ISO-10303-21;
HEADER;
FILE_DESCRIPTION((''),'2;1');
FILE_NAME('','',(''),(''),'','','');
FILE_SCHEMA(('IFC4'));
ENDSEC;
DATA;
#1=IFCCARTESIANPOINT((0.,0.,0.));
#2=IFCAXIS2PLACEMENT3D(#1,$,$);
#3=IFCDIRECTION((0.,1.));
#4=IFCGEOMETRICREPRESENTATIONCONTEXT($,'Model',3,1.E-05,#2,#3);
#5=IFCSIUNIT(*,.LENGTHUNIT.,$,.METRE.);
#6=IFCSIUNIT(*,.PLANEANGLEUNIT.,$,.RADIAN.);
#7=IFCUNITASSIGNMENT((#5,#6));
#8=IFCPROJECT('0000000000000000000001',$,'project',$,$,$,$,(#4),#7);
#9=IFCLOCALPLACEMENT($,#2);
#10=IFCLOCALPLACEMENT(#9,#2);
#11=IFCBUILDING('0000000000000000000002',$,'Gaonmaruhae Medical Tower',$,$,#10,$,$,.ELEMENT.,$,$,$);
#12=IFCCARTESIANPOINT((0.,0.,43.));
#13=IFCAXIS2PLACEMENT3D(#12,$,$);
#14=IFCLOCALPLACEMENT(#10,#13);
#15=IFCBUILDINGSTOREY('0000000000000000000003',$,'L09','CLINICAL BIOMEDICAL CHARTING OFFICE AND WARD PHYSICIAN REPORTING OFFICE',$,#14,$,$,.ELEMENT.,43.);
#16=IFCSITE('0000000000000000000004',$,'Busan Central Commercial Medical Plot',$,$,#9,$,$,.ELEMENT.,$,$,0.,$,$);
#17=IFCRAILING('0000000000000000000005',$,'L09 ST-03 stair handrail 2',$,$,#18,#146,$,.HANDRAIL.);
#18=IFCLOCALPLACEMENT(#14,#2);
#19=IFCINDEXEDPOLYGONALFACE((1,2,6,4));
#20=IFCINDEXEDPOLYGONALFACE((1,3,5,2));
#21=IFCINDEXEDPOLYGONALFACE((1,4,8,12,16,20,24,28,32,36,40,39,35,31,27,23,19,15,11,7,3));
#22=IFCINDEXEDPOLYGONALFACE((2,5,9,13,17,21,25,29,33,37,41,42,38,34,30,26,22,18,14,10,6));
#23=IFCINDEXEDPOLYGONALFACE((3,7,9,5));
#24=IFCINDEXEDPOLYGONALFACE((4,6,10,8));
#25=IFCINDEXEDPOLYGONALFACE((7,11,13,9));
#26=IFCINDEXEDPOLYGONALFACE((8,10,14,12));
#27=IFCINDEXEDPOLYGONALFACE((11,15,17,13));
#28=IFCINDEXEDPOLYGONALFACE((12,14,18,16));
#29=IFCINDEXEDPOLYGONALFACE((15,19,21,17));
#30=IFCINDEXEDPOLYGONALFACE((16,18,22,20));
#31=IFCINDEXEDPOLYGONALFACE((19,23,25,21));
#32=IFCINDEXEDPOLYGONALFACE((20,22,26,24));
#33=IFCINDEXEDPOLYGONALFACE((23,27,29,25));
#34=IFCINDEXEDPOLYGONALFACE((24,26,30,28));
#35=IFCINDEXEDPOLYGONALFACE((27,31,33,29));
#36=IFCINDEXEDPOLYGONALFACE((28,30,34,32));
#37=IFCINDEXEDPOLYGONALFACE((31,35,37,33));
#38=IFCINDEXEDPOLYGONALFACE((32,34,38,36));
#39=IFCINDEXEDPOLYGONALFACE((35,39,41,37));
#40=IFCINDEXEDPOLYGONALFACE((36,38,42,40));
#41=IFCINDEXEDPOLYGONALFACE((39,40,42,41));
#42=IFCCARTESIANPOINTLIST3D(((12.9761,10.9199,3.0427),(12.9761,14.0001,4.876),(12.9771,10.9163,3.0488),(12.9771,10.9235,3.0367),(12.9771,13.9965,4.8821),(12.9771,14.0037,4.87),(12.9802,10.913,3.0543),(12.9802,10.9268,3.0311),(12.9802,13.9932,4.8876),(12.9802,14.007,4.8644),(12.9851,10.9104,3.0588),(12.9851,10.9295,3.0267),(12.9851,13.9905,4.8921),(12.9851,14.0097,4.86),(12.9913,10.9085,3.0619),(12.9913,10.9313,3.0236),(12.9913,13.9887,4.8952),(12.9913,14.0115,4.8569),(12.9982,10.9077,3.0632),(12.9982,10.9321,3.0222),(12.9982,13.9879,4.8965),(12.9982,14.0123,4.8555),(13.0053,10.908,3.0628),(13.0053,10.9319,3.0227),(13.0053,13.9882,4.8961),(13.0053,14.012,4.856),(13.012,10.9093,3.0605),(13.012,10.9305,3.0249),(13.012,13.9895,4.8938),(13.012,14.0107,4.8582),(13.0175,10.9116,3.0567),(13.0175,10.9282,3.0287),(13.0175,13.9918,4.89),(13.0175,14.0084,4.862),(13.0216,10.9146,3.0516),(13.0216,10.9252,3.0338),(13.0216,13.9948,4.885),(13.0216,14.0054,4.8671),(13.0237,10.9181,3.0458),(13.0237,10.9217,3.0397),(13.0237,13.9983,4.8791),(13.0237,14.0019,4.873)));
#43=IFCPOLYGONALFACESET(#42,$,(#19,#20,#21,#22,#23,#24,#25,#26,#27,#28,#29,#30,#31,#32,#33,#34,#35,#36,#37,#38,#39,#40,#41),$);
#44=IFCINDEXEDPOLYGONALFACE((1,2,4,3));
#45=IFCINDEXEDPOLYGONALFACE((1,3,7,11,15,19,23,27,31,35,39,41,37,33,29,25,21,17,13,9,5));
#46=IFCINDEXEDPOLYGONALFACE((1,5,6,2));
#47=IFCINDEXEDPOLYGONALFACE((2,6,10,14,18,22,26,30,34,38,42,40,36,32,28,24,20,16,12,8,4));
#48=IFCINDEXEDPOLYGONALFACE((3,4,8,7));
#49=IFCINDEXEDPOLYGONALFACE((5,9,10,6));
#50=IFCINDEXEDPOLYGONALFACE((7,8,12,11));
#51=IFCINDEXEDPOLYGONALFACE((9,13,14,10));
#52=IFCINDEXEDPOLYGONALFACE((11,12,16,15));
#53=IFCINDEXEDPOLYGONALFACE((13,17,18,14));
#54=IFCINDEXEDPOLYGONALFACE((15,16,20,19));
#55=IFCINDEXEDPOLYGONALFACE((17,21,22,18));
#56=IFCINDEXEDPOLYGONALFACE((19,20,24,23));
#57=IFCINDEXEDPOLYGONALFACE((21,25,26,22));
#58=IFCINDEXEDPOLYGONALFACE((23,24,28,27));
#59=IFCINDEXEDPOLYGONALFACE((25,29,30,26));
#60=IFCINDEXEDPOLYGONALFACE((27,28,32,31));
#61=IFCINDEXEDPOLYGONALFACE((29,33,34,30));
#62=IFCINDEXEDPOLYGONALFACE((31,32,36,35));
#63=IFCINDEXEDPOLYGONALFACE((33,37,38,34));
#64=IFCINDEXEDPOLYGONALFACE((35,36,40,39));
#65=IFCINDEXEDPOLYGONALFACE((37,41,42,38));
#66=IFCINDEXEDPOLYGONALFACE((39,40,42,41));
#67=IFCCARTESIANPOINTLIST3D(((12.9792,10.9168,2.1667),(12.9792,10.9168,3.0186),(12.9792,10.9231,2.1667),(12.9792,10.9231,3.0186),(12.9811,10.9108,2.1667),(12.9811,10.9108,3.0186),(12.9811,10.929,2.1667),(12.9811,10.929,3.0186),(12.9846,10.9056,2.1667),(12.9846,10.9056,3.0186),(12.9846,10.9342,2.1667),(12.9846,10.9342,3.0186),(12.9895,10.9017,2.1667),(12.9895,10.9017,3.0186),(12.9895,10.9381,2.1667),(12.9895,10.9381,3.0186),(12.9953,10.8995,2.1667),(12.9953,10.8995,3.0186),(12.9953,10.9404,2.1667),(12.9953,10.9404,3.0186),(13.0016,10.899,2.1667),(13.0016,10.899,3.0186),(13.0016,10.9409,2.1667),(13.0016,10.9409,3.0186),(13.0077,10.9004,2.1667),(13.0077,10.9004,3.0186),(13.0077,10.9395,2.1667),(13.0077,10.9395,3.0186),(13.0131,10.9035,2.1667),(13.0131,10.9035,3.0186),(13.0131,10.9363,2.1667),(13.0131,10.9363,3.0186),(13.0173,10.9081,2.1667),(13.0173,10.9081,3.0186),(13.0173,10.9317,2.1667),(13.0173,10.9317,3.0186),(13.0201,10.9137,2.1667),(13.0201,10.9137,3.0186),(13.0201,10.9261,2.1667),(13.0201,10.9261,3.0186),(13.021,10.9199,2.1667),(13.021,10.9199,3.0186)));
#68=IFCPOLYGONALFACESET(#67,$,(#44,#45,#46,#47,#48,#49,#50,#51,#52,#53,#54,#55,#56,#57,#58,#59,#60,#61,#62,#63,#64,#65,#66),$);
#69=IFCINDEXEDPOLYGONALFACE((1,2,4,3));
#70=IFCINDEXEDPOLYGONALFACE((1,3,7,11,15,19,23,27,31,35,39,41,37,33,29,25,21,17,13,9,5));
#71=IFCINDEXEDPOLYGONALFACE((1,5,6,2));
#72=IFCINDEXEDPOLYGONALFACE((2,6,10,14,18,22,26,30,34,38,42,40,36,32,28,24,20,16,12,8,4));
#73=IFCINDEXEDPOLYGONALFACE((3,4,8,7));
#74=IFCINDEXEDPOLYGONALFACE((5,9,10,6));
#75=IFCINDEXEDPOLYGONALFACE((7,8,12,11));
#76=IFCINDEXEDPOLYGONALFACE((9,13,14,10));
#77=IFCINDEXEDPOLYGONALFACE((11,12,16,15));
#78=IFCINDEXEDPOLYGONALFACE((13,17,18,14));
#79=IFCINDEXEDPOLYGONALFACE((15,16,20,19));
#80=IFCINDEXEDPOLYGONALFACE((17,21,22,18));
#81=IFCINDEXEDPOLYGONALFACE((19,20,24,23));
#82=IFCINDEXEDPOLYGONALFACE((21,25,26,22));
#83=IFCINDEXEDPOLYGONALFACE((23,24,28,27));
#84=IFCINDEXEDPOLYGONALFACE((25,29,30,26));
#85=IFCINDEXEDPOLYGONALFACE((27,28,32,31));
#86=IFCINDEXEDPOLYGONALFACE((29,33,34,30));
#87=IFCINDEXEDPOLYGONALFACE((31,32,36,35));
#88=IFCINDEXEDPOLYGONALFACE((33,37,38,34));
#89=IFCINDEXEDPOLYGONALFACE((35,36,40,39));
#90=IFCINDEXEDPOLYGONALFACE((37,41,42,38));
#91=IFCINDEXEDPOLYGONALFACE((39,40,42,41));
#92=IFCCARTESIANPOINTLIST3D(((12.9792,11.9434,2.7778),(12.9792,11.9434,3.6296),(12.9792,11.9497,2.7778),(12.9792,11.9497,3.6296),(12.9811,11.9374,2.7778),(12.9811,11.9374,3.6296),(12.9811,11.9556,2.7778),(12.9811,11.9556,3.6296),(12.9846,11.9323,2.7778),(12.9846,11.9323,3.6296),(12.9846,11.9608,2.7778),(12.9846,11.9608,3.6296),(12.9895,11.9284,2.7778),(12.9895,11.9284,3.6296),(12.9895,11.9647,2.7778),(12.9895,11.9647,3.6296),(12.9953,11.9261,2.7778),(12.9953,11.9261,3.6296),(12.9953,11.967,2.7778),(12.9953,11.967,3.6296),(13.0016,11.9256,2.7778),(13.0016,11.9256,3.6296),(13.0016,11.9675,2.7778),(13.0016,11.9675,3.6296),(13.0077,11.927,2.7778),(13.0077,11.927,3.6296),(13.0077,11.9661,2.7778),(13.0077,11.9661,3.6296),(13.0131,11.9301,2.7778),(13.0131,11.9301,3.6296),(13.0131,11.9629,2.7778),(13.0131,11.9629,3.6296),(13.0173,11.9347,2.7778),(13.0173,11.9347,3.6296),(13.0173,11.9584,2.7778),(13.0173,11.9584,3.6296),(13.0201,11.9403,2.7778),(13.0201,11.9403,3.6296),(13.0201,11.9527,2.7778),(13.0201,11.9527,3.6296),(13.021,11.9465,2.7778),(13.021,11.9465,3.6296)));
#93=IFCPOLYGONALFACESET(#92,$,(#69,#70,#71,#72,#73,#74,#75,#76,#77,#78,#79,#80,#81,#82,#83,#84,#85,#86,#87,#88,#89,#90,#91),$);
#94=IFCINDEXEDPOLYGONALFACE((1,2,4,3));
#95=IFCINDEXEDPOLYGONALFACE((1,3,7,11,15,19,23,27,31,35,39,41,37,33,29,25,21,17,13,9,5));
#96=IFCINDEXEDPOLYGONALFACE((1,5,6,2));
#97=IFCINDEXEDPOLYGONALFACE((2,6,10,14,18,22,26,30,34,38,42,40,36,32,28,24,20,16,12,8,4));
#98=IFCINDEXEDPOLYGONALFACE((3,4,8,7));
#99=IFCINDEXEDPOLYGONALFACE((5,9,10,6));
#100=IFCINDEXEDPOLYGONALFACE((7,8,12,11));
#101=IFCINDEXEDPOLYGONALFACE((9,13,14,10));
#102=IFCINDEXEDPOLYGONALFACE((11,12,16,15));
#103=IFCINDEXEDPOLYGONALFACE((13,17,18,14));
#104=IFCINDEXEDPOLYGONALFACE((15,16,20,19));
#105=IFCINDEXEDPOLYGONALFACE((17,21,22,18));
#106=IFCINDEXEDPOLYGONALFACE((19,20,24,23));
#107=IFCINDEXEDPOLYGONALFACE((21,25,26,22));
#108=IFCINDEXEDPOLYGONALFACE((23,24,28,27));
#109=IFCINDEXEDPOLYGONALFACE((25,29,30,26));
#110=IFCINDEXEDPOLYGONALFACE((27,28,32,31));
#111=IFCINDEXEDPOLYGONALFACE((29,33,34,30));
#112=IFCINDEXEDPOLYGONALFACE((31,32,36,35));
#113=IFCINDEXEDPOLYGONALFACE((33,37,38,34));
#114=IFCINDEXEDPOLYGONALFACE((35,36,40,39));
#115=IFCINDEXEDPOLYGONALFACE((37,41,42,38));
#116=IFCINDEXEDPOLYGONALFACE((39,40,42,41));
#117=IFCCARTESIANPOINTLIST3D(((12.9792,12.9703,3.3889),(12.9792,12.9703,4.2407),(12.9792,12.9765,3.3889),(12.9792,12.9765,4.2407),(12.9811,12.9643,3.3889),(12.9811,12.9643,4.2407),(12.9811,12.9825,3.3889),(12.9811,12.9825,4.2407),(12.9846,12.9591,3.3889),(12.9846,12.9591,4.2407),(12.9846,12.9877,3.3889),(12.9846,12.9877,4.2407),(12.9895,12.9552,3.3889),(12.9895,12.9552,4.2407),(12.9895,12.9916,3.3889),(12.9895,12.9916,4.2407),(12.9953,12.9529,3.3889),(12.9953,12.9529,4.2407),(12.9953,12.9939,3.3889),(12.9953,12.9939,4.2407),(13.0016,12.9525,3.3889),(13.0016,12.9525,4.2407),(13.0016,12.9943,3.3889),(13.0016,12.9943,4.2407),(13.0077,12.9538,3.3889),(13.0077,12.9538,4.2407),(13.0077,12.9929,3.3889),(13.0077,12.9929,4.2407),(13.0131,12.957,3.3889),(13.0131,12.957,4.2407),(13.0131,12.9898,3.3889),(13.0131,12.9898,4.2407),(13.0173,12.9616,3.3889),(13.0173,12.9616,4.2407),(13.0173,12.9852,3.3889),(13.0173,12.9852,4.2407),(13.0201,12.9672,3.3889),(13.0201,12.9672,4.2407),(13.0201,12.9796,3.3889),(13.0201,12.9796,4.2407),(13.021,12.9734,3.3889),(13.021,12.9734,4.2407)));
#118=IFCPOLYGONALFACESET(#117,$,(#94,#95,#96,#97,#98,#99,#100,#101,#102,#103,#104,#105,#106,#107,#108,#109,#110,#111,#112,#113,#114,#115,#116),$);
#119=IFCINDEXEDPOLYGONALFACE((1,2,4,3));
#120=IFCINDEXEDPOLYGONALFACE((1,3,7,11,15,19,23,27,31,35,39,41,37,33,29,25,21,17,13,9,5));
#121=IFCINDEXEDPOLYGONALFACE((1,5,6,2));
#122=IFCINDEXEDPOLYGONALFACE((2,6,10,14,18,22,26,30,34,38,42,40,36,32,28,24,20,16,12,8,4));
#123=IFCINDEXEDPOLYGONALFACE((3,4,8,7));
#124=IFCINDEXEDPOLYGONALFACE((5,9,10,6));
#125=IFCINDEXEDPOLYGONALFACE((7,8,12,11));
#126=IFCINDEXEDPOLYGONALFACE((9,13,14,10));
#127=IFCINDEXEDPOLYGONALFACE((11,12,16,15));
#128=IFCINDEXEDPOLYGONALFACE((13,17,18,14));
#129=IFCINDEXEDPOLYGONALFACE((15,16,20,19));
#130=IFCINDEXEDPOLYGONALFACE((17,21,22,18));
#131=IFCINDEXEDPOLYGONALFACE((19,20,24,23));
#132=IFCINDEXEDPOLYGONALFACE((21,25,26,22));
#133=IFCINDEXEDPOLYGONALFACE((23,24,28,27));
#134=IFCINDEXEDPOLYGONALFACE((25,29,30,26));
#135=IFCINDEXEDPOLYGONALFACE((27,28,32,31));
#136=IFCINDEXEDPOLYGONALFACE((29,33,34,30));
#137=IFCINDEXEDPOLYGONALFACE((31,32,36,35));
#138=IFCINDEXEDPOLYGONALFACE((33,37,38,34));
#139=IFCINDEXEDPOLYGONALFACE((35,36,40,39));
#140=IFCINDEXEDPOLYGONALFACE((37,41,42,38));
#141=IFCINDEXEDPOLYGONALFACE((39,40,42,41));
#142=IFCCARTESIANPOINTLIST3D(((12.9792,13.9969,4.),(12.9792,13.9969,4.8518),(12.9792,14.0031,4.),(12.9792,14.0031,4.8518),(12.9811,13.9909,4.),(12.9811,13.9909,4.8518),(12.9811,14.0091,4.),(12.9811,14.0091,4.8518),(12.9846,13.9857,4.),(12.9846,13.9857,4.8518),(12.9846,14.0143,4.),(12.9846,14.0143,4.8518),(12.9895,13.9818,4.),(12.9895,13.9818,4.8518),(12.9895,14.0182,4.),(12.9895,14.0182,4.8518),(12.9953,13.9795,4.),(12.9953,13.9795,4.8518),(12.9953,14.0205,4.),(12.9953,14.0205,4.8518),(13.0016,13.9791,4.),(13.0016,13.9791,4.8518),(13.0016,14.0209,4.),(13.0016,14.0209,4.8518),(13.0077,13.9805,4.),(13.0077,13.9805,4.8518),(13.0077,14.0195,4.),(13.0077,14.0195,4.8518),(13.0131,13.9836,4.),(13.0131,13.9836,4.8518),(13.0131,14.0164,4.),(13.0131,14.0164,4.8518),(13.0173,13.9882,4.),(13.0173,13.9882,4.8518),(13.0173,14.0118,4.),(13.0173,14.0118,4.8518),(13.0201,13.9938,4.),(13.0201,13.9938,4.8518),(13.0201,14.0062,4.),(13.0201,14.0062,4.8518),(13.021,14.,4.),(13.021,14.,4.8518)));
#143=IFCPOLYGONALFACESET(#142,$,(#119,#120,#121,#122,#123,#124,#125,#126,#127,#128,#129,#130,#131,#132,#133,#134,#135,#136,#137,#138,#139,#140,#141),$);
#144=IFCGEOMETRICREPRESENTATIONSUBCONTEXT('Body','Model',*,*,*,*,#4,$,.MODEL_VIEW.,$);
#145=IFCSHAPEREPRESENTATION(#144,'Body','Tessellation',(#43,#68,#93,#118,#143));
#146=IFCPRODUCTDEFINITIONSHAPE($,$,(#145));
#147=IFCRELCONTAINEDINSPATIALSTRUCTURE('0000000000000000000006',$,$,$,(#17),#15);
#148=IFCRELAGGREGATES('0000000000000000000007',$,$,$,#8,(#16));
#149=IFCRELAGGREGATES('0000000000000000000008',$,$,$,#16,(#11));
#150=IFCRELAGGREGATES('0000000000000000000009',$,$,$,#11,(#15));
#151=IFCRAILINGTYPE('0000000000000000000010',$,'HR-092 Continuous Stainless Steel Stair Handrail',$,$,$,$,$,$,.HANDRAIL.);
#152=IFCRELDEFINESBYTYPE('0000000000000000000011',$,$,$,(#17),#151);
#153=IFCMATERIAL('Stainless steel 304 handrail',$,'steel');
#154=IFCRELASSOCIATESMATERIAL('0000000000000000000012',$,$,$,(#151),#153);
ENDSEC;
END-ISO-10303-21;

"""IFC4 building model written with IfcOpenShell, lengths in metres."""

from ifc_helpers import new_model, si_unit, direction, frame, origin, origin_2d, place, context, subcontext, project, spatial, circle, extrude, material, type_object, element, save


model = new_model("IFC4")

# Units and contexts
model_context = context("Model", 3, precision=1e-05, world=origin(), true_north=direction((0.0, 1.0)))
body_context = subcontext(model_context, "Body", "Model", "MODEL_VIEW")
ifc_project = project(units=[si_unit("LENGTHUNIT", "METRE"), si_unit("PLANEANGLEUNIT", "RADIAN")], contexts=[model_context])

# Site, building, storey
site_placement = place(None, origin())
site = spatial("IfcSite", under=ifc_project, at=site_placement, Name="Busan Central Commercial Medical Plot", CompositionType="ELEMENT", RefElevation=0.0)
building_placement = place(site_placement, origin())
building = spatial("IfcBuilding", under=site, at=building_placement, Name="Gaonmaruhae Medical Tower", CompositionType="ELEMENT")
storey_placement = place(building_placement, frame((0.0, 0.0, 43.0)))
storey = spatial("IfcBuildingStorey", under=building, at=storey_placement, Name="L09", Description="CLINICAL BIOMEDICAL CHARTING OFFICE AND WARD PHYSICIAN REPORTING OFFICE", CompositionType="ELEMENT", Elevation=43.0)

# Railing
ifc_material_1 = material(Name="Stainless steel 304 handrail", Category="steel")
railing_type_1 = type_object("IfcRailingType", Name="HR-092 Continuous Stainless Steel Stair Handrail", PredefinedType="HANDRAIL", material=ifc_material_1)
railing_1_placement = place(storey_placement, frame((13.0, 10.9199, 2.1667)))
element("IfcRailing", 1, at=railing_1_placement, inside=storey, type_object=railing_type_1, Name="L09 ST-03 stair handrail 2", PredefinedType="HANDRAIL", context=body_context, shape_type="SweptSolid", body=[
    extrude(circle(Radius=0.0239, at=origin_2d()), frame((0.0, 0.0, 0.876), z_axis=(0.0, 0.859309, 0.511458), x_axis=(-1.0, 0.0, 0.0)), (0.0, 0.0, 1.0), 3.5845),
    extrude(circle(Radius=0.021, at=origin_2d()), origin(), (0.0, 0.0, 1.0), 0.8518),
    extrude(circle(Radius=0.021, at=origin_2d()), frame((0.0, 1.0266, 0.6111)), (0.0, 0.0, 1.0), 0.8518),
    extrude(circle(Radius=0.021, at=origin_2d()), frame((0.0, 2.0535, 1.2222)), (0.0, 0.0, 1.0), 0.8518),
    extrude(circle(Radius=0.021, at=origin_2d()), frame((0.0, 3.0801, 1.8333)), (0.0, 0.0, 1.0), 0.8518),
])

save(model, "model.ifc")
